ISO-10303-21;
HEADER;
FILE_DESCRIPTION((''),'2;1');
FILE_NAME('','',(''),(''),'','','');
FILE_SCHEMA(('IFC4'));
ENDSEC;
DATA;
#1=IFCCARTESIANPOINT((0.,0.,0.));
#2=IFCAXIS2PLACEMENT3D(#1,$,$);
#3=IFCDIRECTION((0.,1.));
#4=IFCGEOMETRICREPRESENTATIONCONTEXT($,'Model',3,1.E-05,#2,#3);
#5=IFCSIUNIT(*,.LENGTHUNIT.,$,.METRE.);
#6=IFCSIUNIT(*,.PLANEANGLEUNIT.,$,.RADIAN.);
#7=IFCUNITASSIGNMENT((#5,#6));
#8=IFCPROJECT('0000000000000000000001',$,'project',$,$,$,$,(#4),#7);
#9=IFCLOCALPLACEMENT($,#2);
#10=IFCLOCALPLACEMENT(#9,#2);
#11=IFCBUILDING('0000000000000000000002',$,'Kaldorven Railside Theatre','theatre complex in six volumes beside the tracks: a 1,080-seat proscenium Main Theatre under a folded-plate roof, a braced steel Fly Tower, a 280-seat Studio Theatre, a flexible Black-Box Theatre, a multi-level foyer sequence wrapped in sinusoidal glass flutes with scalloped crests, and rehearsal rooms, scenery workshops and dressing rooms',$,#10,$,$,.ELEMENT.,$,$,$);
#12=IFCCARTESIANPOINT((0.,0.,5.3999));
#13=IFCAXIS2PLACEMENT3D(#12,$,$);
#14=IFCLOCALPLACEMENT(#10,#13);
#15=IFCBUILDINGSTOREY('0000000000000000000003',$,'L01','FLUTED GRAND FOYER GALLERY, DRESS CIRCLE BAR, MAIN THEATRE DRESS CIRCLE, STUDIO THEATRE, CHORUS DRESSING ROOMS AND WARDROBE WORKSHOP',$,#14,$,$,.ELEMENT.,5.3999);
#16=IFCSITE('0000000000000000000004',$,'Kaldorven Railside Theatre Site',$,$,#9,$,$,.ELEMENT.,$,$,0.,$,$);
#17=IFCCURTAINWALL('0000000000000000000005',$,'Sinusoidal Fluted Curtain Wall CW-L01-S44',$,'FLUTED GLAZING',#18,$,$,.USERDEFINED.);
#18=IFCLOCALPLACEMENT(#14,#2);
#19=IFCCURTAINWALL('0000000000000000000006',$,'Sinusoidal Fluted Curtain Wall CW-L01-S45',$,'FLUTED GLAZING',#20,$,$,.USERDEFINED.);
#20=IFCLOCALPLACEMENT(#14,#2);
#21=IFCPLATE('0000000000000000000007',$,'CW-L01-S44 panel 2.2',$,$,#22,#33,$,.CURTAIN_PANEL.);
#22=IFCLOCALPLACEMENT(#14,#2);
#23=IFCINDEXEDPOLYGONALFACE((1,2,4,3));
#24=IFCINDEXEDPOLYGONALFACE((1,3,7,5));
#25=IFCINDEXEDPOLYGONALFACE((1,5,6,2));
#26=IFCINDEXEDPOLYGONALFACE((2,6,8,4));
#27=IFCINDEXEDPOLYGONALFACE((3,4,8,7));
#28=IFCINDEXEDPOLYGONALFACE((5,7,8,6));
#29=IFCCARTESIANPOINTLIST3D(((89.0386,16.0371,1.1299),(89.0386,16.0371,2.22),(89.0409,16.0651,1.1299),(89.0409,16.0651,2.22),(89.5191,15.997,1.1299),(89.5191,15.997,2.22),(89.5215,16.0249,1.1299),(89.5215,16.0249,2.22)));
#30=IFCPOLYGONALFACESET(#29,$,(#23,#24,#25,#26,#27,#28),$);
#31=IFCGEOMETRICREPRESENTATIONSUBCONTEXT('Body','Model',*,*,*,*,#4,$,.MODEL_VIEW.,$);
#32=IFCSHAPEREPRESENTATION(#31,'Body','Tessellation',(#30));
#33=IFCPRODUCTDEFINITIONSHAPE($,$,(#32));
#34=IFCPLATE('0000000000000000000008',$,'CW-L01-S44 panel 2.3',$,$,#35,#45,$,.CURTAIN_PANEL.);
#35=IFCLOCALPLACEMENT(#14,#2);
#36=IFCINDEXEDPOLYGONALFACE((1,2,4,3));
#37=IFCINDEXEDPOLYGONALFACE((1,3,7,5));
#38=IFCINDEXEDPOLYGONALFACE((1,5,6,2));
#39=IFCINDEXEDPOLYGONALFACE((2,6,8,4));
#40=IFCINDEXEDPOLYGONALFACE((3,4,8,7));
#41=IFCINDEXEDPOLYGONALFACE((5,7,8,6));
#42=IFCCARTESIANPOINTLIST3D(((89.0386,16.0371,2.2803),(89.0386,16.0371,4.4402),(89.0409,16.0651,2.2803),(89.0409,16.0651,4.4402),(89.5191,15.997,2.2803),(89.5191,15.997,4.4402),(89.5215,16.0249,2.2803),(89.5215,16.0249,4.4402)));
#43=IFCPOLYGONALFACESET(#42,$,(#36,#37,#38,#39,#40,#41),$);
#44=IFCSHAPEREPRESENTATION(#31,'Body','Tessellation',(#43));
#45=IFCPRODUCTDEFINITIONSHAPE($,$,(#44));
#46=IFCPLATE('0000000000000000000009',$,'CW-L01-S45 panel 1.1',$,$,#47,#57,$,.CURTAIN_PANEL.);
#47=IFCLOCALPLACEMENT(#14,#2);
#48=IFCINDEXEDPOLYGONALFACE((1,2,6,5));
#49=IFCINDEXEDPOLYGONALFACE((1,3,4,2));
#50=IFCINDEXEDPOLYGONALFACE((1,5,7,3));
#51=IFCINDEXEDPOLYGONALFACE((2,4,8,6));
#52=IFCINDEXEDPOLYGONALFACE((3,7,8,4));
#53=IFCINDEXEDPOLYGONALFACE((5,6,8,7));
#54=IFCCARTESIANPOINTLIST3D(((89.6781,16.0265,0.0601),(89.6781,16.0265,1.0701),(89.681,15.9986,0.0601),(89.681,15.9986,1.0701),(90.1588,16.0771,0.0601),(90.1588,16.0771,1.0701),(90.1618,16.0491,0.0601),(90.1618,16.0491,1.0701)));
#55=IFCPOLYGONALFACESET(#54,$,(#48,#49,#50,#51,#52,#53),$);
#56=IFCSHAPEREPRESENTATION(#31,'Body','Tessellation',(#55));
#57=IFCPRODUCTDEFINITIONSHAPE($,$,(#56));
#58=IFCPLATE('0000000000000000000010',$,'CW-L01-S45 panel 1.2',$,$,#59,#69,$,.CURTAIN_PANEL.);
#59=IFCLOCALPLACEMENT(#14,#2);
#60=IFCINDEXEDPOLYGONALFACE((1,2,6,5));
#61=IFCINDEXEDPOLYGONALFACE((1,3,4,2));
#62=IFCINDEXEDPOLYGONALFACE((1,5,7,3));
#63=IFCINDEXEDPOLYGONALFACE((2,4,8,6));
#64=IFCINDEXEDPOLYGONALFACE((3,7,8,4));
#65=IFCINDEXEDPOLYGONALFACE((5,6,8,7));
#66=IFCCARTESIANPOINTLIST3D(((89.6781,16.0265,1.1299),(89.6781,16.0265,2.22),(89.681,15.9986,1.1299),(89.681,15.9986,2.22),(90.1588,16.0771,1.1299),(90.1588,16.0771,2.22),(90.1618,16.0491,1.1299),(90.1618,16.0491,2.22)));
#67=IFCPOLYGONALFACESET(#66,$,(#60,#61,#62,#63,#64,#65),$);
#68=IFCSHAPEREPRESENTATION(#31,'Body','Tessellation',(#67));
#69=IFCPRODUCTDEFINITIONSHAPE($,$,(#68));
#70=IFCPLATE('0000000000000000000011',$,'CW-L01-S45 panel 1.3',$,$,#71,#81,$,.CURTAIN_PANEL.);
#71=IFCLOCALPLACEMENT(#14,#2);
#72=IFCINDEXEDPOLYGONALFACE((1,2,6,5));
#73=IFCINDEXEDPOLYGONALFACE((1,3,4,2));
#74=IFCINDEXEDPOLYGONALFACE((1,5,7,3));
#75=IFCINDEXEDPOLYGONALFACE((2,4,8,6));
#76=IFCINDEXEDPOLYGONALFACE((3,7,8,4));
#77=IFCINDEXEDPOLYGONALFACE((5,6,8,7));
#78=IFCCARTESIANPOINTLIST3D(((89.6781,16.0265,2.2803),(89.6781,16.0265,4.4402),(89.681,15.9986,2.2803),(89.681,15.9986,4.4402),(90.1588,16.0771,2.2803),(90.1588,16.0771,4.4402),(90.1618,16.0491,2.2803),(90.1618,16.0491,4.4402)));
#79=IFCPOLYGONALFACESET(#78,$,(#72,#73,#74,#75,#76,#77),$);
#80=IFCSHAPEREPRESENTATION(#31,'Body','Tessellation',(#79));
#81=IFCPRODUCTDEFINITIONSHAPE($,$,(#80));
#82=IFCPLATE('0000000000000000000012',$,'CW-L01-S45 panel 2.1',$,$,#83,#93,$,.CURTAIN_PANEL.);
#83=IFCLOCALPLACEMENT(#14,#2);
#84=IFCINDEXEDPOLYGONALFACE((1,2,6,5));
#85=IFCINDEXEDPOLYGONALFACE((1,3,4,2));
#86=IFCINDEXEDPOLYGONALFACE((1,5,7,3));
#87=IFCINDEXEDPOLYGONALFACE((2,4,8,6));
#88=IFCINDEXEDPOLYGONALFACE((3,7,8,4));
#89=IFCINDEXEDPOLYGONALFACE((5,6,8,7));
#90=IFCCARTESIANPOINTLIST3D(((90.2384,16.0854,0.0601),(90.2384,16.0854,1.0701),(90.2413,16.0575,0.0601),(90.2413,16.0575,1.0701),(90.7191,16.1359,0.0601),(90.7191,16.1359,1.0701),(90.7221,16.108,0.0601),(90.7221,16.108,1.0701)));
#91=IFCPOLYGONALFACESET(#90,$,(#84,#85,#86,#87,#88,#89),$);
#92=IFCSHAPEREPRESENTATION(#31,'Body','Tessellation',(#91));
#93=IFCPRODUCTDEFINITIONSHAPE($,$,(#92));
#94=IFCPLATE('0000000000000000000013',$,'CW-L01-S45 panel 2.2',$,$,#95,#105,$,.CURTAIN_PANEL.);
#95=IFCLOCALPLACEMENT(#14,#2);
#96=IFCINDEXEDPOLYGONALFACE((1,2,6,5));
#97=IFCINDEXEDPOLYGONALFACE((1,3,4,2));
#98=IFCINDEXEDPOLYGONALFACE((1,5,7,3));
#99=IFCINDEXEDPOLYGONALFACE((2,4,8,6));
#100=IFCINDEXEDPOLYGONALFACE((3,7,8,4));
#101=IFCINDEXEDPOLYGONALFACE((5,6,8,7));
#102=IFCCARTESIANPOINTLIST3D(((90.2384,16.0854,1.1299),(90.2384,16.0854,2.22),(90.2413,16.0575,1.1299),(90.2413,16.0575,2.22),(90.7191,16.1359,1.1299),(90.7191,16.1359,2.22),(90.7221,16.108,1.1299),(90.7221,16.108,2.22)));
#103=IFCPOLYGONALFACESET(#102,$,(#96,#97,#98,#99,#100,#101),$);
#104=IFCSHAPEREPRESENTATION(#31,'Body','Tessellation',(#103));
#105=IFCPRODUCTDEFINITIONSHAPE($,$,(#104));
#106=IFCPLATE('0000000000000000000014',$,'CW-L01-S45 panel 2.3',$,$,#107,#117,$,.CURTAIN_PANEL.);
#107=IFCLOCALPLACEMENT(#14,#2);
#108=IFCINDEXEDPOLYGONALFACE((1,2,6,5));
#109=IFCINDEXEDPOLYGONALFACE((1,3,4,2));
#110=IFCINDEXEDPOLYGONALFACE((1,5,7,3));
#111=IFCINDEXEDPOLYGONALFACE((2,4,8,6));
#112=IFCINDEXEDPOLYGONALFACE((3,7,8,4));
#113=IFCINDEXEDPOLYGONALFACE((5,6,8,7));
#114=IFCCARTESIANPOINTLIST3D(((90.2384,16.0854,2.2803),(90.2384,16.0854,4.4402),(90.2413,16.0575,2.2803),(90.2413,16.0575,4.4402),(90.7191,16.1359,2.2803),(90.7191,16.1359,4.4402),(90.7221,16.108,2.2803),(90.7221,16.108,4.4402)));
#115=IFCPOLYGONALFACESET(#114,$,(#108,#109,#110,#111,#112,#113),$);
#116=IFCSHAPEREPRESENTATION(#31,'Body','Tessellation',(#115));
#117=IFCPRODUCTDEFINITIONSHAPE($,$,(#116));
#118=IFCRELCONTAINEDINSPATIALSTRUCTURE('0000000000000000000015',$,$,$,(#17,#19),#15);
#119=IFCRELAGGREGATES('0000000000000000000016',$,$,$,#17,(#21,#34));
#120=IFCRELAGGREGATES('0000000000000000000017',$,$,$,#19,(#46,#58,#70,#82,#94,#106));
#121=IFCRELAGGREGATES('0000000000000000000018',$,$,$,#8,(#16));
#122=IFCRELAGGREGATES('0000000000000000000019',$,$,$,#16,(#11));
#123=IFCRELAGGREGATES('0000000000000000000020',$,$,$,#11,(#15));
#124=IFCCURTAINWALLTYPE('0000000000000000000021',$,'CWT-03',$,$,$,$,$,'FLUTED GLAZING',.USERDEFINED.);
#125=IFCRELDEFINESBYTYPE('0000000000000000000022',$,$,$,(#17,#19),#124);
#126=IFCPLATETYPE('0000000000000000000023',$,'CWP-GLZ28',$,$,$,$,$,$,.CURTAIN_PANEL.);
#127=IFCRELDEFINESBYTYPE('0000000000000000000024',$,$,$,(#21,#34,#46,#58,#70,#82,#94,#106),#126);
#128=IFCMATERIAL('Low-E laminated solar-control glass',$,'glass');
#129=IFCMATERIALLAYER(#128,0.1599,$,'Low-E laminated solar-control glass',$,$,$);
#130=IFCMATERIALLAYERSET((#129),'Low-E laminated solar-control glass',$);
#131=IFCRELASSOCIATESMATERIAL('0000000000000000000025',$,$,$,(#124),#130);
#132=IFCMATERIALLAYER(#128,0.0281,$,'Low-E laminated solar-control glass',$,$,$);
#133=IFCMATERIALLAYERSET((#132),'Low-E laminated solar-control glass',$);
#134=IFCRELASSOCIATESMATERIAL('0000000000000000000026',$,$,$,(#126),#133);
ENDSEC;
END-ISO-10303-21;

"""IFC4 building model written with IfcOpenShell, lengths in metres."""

from ifc_helpers import new_model, si_unit, direction, frame, origin, origin_2d, place, context, subcontext, project, spatial, rectangle, extrude, material, layer, layer_set, type_object, element, aggregate, save


model = new_model("IFC4")

# Units and contexts
model_context = context("Model", 3, precision=1e-05, world=origin(), true_north=direction((0.0, 1.0)))
body_context = subcontext(model_context, "Body", "Model", "MODEL_VIEW")
ifc_project = project(units=[si_unit("LENGTHUNIT", "METRE"), si_unit("PLANEANGLEUNIT", "RADIAN")], contexts=[model_context])

# Site, building, storey
site_placement = place(None, origin())
site = spatial("IfcSite", under=ifc_project, at=site_placement, Name="Kaldorven Railside Theatre Site", CompositionType="ELEMENT", RefElevation=0.0)
building_placement = place(site_placement, origin())
building = spatial("IfcBuilding", under=site, at=building_placement, Name="Kaldorven Railside Theatre", Description="theatre complex in six volumes beside the tracks: a 1,080-seat proscenium Main Theatre under a folded-plate roof, a braced steel Fly Tower, a 280-seat Studio Theatre, a flexible Black-Box Theatre, a multi-level foyer sequence wrapped in sinusoidal glass flutes with scalloped crests, and rehearsal rooms, scenery workshops and dressing rooms", CompositionType="ELEMENT")
storey_placement = place(building_placement, frame((0.0, 0.0, 5.3999)))
storey = spatial("IfcBuildingStorey", under=building, at=storey_placement, Name="L01", Description="FLUTED GRAND FOYER GALLERY, DRESS CIRCLE BAR, MAIN THEATRE DRESS CIRCLE, STUDIO THEATRE, CHORUS DRESSING ROOMS AND WARDROBE WORKSHOP", CompositionType="ELEMENT", Elevation=5.3999)

# Curtain wall
ifc_material_1 = material(Name="Low-E laminated solar-control glass", Category="glass")
ifc_layer_1 = layer(ifc_material_1, 0.1599, Name="Low-E laminated solar-control glass")
ifc_layer_set_1 = layer_set([ifc_layer_1], Name="Low-E laminated solar-control glass")
curtain_wall_type_1 = type_object("IfcCurtainWallType", Name="CWT-03", ElementType="FLUTED GLAZING", PredefinedType="USERDEFINED", material=ifc_layer_set_1)
curtain_wall_1_placement = place(storey_placement, origin())
curtain_wall_1 = element("IfcCurtainWall", 1, at=curtain_wall_1_placement, inside=storey, type_object=curtain_wall_type_1, Name="Sinusoidal Fluted Curtain Wall CW-L01-S44", ObjectType="FLUTED GLAZING", PredefinedType="USERDEFINED")

# Curtain wall
curtain_wall_2_placement = place(storey_placement, origin())
curtain_wall_2 = element("IfcCurtainWall", 2, at=curtain_wall_2_placement, inside=storey, type_object=curtain_wall_type_1, Name="Sinusoidal Fluted Curtain Wall CW-L01-S45", ObjectType="FLUTED GLAZING", PredefinedType="USERDEFINED")

# Plates
ifc_layer_2 = layer(ifc_material_1, 0.0281, Name="Low-E laminated solar-control glass")
ifc_layer_set_2 = layer_set([ifc_layer_2], Name="Low-E laminated solar-control glass")
plate_type = type_object("IfcPlateType", Name="CWP-GLZ28", PredefinedType="CURTAIN_PANEL", material=ifc_layer_set_2)
plate_1_placement = place(storey_placement, frame((89.28, 16.031, 1.1299), z_axis=(0.0, 0.0, 1.0), x_axis=(0.996532, -0.08321, 0.0)))
plate_1 = element("IfcPlate", 3, at=plate_1_placement, type_object=plate_type, Name="CW-L01-S44 panel 2.2", PredefinedType="CURTAIN_PANEL", context=body_context, shape_type="SweptSolid", body=[
    extrude(rectangle(XDim=0.4822, YDim=0.0281, at=origin_2d()), origin(), (0.0, 0.0, 1.0), 1.0901),
])
plate_2_placement = place(storey_placement, frame((89.28, 16.031, 2.2803), z_axis=(0.0, 0.0, 1.0), x_axis=(0.996532, -0.08321, 0.0)))
plate_2 = element("IfcPlate", 4, at=plate_2_placement, type_object=plate_type, Name="CW-L01-S44 panel 2.3", PredefinedType="CURTAIN_PANEL", context=body_context, shape_type="SweptSolid", body=[
    extrude(rectangle(XDim=0.4822, YDim=0.0281, at=origin_2d()), origin(), (0.0, 0.0, 1.0), 2.1599),
])
aggregate(curtain_wall_1, [plate_1, plate_2])
plate_3_placement = place(storey_placement, frame((89.9199, 16.0378, 0.0601), z_axis=(0.0, 0.0, 1.0), x_axis=(0.994524, 0.104508, 0.0)))
plate_3 = element("IfcPlate", 5, at=plate_3_placement, type_object=plate_type, Name="CW-L01-S45 panel 1.1", PredefinedType="CURTAIN_PANEL", context=body_context, shape_type="SweptSolid", body=[
    extrude(rectangle(XDim=0.4834, YDim=0.0281, at=origin_2d()), origin(), (0.0, 0.0, 1.0), 1.01),
])
plate_4_placement = place(storey_placement, frame((89.9199, 16.0378, 1.1299), z_axis=(0.0, 0.0, 1.0), x_axis=(0.994524, 0.104508, 0.0)))
plate_4 = element("IfcPlate", 6, at=plate_4_placement, type_object=plate_type, Name="CW-L01-S45 panel 1.2", PredefinedType="CURTAIN_PANEL", context=body_context, shape_type="SweptSolid", body=[
    extrude(rectangle(XDim=0.4834, YDim=0.0281, at=origin_2d()), origin(), (0.0, 0.0, 1.0), 1.0901),
])
plate_5_placement = place(storey_placement, frame((89.9199, 16.0378, 2.2803), z_axis=(0.0, 0.0, 1.0), x_axis=(0.994524, 0.104508, 0.0)))
plate_5 = element("IfcPlate", 7, at=plate_5_placement, type_object=plate_type, Name="CW-L01-S45 panel 1.3", PredefinedType="CURTAIN_PANEL", context=body_context, shape_type="SweptSolid", body=[
    extrude(rectangle(XDim=0.4834, YDim=0.0281, at=origin_2d()), origin(), (0.0, 0.0, 1.0), 2.1599),
])
plate_6_placement = place(storey_placement, frame((90.4802, 16.0967, 0.0601), z_axis=(0.0, 0.0, 1.0), x_axis=(0.994524, 0.104508, 0.0)))
plate_6 = element("IfcPlate", 8, at=plate_6_placement, type_object=plate_type, Name="CW-L01-S45 panel 2.1", PredefinedType="CURTAIN_PANEL", context=body_context, shape_type="SweptSolid", body=[
    extrude(rectangle(XDim=0.4834, YDim=0.0281, at=origin_2d()), origin(), (0.0, 0.0, 1.0), 1.01),
])
plate_7_placement = place(storey_placement, frame((90.4802, 16.0967, 1.1299), z_axis=(0.0, 0.0, 1.0), x_axis=(0.994524, 0.104508, 0.0)))
plate_7 = element("IfcPlate", 9, at=plate_7_placement, type_object=plate_type, Name="CW-L01-S45 panel 2.2", PredefinedType="CURTAIN_PANEL", context=body_context, shape_type="SweptSolid", body=[
    extrude(rectangle(XDim=0.4834, YDim=0.0281, at=origin_2d()), origin(), (0.0, 0.0, 1.0), 1.0901),
])
plate_8_placement = place(storey_placement, frame((90.4802, 16.0967, 2.2803), z_axis=(0.0, 0.0, 1.0), x_axis=(0.994524, 0.104508, 0.0)))
plate_8 = element("IfcPlate", 10, at=plate_8_placement, type_object=plate_type, Name="CW-L01-S45 panel 2.3", PredefinedType="CURTAIN_PANEL", context=body_context, shape_type="SweptSolid", body=[
    extrude(rectangle(XDim=0.4834, YDim=0.0281, at=origin_2d()), origin(), (0.0, 0.0, 1.0), 2.1599),
])
aggregate(curtain_wall_2, [plate_3, plate_4, plate_5, plate_6, plate_7, plate_8])

save(model, "model.ifc")
